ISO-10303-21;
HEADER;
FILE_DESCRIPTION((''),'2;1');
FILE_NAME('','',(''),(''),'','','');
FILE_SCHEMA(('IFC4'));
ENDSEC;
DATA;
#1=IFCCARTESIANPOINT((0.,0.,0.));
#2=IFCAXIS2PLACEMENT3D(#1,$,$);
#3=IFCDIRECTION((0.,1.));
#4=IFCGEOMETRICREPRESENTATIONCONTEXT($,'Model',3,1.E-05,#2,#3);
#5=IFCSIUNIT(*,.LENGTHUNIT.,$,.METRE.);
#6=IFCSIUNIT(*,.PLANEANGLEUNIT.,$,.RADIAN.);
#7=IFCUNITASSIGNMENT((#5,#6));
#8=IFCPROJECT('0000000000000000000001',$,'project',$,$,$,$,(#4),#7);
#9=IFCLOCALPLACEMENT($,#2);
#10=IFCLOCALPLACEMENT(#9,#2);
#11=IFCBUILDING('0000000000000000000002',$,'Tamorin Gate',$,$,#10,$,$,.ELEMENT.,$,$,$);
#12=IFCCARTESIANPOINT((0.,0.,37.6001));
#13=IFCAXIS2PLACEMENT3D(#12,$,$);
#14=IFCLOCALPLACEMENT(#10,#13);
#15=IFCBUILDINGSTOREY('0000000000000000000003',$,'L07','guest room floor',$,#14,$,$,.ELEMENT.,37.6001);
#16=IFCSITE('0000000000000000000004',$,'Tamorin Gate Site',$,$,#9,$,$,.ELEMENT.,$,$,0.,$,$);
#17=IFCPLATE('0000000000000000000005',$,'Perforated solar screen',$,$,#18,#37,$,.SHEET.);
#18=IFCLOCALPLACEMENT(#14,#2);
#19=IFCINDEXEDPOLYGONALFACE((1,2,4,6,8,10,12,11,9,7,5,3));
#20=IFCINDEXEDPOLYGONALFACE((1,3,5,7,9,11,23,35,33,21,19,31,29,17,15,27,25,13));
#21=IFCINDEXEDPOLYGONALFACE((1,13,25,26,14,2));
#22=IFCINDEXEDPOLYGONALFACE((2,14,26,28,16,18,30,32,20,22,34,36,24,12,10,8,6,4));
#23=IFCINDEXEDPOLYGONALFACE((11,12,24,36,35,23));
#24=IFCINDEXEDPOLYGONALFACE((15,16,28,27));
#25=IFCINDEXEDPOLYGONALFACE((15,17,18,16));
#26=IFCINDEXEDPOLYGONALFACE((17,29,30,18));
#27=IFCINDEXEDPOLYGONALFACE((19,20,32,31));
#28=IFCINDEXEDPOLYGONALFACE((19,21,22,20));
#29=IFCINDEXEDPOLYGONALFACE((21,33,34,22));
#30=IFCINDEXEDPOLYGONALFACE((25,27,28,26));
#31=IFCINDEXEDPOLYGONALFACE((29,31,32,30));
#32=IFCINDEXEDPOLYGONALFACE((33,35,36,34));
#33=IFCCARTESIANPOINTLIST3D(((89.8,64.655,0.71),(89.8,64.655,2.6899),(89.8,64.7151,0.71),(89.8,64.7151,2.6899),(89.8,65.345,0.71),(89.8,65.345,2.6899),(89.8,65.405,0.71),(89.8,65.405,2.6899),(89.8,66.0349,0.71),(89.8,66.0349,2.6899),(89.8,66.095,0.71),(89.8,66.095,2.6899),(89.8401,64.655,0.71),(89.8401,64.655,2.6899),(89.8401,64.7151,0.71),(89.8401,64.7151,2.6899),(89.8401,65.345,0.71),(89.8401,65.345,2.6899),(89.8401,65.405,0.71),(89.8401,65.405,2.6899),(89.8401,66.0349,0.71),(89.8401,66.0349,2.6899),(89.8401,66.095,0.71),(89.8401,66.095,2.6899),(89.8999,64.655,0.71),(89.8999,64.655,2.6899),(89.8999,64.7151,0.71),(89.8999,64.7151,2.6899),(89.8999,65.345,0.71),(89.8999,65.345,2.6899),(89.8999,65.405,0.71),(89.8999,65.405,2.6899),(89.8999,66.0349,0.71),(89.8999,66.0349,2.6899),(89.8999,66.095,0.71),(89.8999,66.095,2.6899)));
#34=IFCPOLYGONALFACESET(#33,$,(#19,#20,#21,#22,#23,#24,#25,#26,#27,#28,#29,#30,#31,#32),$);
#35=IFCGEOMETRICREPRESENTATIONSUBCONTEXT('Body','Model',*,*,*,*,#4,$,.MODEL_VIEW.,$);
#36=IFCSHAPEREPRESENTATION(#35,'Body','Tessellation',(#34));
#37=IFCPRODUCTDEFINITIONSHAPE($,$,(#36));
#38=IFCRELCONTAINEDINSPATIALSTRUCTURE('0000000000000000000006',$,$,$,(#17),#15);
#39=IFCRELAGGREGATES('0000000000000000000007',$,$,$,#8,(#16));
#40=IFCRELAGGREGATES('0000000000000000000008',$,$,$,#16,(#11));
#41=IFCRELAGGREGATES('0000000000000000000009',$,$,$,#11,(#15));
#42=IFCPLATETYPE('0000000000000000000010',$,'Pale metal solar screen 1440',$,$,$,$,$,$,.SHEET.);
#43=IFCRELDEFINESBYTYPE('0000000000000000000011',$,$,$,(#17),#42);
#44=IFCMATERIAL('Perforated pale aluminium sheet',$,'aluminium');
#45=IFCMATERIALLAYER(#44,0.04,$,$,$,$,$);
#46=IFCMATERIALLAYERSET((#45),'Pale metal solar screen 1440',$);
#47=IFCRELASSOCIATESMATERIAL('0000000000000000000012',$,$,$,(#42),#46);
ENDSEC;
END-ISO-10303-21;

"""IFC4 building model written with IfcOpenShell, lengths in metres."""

from ifc_helpers import new_model, si_unit, direction, frame, origin, place, context, subcontext, project, spatial, polyline, outline, extrude, material, layer, layer_set, type_object, element, save


model = new_model("IFC4")

# Units and contexts
model_context = context("Model", 3, precision=1e-05, world=origin(), true_north=direction((0.0, 1.0)))
body_context = subcontext(model_context, "Body", "Model", "MODEL_VIEW")
ifc_project = project(units=[si_unit("LENGTHUNIT", "METRE"), si_unit("PLANEANGLEUNIT", "RADIAN")], contexts=[model_context])

# Site, building, storey
site_placement = place(None, origin())
site = spatial("IfcSite", under=ifc_project, at=site_placement, Name="Tamorin Gate Site", CompositionType="ELEMENT", RefElevation=0.0)
building_placement = place(site_placement, origin())
building = spatial("IfcBuilding", under=site, at=building_placement, Name="Tamorin Gate", CompositionType="ELEMENT")
storey_placement = place(building_placement, frame((0.0, 0.0, 37.6001)))
storey = spatial("IfcBuildingStorey", under=building, at=storey_placement, Name="L07", Description="guest room floor", CompositionType="ELEMENT", Elevation=37.6001)

# Plate
ifc_material_1 = material(Name="Perforated pale aluminium sheet", Category="aluminium")
ifc_layer_1 = layer(ifc_material_1, 0.04)
ifc_layer_set_1 = layer_set([ifc_layer_1], Name="Pale metal solar screen 1440")
plate_type = type_object("IfcPlateType", Name="Pale metal solar screen 1440", PredefinedType="SHEET", material=ifc_layer_set_1)
plate_1_placement = place(storey_placement, frame((0.0, 0.0, 0.71)))
element("IfcPlate", 1, at=plate_1_placement, inside=storey, type_object=plate_type, Name="Perforated solar screen", PredefinedType="SHEET", context=body_context, shape_type="SweptSolid", body=[
    extrude(outline(polyline([(89.8401, 64.655), (89.8, 64.655), (89.8, 64.7151), (89.8, 65.345), (89.8, 65.405), (89.8, 66.0349), (89.8, 66.095), (89.8401, 66.095), (89.8999, 66.095), (89.8999, 66.0349), (89.8401, 66.0349), (89.8401, 65.405), (89.8999, 65.405), (89.8999, 65.345), (89.8401, 65.345), (89.8401, 64.7151), (89.8999, 64.7151), (89.8999, 64.655), (89.8401, 64.655)])), origin(), (0.0, 0.0, 1.0), 1.98),
])

save(model, "model.ifc")
